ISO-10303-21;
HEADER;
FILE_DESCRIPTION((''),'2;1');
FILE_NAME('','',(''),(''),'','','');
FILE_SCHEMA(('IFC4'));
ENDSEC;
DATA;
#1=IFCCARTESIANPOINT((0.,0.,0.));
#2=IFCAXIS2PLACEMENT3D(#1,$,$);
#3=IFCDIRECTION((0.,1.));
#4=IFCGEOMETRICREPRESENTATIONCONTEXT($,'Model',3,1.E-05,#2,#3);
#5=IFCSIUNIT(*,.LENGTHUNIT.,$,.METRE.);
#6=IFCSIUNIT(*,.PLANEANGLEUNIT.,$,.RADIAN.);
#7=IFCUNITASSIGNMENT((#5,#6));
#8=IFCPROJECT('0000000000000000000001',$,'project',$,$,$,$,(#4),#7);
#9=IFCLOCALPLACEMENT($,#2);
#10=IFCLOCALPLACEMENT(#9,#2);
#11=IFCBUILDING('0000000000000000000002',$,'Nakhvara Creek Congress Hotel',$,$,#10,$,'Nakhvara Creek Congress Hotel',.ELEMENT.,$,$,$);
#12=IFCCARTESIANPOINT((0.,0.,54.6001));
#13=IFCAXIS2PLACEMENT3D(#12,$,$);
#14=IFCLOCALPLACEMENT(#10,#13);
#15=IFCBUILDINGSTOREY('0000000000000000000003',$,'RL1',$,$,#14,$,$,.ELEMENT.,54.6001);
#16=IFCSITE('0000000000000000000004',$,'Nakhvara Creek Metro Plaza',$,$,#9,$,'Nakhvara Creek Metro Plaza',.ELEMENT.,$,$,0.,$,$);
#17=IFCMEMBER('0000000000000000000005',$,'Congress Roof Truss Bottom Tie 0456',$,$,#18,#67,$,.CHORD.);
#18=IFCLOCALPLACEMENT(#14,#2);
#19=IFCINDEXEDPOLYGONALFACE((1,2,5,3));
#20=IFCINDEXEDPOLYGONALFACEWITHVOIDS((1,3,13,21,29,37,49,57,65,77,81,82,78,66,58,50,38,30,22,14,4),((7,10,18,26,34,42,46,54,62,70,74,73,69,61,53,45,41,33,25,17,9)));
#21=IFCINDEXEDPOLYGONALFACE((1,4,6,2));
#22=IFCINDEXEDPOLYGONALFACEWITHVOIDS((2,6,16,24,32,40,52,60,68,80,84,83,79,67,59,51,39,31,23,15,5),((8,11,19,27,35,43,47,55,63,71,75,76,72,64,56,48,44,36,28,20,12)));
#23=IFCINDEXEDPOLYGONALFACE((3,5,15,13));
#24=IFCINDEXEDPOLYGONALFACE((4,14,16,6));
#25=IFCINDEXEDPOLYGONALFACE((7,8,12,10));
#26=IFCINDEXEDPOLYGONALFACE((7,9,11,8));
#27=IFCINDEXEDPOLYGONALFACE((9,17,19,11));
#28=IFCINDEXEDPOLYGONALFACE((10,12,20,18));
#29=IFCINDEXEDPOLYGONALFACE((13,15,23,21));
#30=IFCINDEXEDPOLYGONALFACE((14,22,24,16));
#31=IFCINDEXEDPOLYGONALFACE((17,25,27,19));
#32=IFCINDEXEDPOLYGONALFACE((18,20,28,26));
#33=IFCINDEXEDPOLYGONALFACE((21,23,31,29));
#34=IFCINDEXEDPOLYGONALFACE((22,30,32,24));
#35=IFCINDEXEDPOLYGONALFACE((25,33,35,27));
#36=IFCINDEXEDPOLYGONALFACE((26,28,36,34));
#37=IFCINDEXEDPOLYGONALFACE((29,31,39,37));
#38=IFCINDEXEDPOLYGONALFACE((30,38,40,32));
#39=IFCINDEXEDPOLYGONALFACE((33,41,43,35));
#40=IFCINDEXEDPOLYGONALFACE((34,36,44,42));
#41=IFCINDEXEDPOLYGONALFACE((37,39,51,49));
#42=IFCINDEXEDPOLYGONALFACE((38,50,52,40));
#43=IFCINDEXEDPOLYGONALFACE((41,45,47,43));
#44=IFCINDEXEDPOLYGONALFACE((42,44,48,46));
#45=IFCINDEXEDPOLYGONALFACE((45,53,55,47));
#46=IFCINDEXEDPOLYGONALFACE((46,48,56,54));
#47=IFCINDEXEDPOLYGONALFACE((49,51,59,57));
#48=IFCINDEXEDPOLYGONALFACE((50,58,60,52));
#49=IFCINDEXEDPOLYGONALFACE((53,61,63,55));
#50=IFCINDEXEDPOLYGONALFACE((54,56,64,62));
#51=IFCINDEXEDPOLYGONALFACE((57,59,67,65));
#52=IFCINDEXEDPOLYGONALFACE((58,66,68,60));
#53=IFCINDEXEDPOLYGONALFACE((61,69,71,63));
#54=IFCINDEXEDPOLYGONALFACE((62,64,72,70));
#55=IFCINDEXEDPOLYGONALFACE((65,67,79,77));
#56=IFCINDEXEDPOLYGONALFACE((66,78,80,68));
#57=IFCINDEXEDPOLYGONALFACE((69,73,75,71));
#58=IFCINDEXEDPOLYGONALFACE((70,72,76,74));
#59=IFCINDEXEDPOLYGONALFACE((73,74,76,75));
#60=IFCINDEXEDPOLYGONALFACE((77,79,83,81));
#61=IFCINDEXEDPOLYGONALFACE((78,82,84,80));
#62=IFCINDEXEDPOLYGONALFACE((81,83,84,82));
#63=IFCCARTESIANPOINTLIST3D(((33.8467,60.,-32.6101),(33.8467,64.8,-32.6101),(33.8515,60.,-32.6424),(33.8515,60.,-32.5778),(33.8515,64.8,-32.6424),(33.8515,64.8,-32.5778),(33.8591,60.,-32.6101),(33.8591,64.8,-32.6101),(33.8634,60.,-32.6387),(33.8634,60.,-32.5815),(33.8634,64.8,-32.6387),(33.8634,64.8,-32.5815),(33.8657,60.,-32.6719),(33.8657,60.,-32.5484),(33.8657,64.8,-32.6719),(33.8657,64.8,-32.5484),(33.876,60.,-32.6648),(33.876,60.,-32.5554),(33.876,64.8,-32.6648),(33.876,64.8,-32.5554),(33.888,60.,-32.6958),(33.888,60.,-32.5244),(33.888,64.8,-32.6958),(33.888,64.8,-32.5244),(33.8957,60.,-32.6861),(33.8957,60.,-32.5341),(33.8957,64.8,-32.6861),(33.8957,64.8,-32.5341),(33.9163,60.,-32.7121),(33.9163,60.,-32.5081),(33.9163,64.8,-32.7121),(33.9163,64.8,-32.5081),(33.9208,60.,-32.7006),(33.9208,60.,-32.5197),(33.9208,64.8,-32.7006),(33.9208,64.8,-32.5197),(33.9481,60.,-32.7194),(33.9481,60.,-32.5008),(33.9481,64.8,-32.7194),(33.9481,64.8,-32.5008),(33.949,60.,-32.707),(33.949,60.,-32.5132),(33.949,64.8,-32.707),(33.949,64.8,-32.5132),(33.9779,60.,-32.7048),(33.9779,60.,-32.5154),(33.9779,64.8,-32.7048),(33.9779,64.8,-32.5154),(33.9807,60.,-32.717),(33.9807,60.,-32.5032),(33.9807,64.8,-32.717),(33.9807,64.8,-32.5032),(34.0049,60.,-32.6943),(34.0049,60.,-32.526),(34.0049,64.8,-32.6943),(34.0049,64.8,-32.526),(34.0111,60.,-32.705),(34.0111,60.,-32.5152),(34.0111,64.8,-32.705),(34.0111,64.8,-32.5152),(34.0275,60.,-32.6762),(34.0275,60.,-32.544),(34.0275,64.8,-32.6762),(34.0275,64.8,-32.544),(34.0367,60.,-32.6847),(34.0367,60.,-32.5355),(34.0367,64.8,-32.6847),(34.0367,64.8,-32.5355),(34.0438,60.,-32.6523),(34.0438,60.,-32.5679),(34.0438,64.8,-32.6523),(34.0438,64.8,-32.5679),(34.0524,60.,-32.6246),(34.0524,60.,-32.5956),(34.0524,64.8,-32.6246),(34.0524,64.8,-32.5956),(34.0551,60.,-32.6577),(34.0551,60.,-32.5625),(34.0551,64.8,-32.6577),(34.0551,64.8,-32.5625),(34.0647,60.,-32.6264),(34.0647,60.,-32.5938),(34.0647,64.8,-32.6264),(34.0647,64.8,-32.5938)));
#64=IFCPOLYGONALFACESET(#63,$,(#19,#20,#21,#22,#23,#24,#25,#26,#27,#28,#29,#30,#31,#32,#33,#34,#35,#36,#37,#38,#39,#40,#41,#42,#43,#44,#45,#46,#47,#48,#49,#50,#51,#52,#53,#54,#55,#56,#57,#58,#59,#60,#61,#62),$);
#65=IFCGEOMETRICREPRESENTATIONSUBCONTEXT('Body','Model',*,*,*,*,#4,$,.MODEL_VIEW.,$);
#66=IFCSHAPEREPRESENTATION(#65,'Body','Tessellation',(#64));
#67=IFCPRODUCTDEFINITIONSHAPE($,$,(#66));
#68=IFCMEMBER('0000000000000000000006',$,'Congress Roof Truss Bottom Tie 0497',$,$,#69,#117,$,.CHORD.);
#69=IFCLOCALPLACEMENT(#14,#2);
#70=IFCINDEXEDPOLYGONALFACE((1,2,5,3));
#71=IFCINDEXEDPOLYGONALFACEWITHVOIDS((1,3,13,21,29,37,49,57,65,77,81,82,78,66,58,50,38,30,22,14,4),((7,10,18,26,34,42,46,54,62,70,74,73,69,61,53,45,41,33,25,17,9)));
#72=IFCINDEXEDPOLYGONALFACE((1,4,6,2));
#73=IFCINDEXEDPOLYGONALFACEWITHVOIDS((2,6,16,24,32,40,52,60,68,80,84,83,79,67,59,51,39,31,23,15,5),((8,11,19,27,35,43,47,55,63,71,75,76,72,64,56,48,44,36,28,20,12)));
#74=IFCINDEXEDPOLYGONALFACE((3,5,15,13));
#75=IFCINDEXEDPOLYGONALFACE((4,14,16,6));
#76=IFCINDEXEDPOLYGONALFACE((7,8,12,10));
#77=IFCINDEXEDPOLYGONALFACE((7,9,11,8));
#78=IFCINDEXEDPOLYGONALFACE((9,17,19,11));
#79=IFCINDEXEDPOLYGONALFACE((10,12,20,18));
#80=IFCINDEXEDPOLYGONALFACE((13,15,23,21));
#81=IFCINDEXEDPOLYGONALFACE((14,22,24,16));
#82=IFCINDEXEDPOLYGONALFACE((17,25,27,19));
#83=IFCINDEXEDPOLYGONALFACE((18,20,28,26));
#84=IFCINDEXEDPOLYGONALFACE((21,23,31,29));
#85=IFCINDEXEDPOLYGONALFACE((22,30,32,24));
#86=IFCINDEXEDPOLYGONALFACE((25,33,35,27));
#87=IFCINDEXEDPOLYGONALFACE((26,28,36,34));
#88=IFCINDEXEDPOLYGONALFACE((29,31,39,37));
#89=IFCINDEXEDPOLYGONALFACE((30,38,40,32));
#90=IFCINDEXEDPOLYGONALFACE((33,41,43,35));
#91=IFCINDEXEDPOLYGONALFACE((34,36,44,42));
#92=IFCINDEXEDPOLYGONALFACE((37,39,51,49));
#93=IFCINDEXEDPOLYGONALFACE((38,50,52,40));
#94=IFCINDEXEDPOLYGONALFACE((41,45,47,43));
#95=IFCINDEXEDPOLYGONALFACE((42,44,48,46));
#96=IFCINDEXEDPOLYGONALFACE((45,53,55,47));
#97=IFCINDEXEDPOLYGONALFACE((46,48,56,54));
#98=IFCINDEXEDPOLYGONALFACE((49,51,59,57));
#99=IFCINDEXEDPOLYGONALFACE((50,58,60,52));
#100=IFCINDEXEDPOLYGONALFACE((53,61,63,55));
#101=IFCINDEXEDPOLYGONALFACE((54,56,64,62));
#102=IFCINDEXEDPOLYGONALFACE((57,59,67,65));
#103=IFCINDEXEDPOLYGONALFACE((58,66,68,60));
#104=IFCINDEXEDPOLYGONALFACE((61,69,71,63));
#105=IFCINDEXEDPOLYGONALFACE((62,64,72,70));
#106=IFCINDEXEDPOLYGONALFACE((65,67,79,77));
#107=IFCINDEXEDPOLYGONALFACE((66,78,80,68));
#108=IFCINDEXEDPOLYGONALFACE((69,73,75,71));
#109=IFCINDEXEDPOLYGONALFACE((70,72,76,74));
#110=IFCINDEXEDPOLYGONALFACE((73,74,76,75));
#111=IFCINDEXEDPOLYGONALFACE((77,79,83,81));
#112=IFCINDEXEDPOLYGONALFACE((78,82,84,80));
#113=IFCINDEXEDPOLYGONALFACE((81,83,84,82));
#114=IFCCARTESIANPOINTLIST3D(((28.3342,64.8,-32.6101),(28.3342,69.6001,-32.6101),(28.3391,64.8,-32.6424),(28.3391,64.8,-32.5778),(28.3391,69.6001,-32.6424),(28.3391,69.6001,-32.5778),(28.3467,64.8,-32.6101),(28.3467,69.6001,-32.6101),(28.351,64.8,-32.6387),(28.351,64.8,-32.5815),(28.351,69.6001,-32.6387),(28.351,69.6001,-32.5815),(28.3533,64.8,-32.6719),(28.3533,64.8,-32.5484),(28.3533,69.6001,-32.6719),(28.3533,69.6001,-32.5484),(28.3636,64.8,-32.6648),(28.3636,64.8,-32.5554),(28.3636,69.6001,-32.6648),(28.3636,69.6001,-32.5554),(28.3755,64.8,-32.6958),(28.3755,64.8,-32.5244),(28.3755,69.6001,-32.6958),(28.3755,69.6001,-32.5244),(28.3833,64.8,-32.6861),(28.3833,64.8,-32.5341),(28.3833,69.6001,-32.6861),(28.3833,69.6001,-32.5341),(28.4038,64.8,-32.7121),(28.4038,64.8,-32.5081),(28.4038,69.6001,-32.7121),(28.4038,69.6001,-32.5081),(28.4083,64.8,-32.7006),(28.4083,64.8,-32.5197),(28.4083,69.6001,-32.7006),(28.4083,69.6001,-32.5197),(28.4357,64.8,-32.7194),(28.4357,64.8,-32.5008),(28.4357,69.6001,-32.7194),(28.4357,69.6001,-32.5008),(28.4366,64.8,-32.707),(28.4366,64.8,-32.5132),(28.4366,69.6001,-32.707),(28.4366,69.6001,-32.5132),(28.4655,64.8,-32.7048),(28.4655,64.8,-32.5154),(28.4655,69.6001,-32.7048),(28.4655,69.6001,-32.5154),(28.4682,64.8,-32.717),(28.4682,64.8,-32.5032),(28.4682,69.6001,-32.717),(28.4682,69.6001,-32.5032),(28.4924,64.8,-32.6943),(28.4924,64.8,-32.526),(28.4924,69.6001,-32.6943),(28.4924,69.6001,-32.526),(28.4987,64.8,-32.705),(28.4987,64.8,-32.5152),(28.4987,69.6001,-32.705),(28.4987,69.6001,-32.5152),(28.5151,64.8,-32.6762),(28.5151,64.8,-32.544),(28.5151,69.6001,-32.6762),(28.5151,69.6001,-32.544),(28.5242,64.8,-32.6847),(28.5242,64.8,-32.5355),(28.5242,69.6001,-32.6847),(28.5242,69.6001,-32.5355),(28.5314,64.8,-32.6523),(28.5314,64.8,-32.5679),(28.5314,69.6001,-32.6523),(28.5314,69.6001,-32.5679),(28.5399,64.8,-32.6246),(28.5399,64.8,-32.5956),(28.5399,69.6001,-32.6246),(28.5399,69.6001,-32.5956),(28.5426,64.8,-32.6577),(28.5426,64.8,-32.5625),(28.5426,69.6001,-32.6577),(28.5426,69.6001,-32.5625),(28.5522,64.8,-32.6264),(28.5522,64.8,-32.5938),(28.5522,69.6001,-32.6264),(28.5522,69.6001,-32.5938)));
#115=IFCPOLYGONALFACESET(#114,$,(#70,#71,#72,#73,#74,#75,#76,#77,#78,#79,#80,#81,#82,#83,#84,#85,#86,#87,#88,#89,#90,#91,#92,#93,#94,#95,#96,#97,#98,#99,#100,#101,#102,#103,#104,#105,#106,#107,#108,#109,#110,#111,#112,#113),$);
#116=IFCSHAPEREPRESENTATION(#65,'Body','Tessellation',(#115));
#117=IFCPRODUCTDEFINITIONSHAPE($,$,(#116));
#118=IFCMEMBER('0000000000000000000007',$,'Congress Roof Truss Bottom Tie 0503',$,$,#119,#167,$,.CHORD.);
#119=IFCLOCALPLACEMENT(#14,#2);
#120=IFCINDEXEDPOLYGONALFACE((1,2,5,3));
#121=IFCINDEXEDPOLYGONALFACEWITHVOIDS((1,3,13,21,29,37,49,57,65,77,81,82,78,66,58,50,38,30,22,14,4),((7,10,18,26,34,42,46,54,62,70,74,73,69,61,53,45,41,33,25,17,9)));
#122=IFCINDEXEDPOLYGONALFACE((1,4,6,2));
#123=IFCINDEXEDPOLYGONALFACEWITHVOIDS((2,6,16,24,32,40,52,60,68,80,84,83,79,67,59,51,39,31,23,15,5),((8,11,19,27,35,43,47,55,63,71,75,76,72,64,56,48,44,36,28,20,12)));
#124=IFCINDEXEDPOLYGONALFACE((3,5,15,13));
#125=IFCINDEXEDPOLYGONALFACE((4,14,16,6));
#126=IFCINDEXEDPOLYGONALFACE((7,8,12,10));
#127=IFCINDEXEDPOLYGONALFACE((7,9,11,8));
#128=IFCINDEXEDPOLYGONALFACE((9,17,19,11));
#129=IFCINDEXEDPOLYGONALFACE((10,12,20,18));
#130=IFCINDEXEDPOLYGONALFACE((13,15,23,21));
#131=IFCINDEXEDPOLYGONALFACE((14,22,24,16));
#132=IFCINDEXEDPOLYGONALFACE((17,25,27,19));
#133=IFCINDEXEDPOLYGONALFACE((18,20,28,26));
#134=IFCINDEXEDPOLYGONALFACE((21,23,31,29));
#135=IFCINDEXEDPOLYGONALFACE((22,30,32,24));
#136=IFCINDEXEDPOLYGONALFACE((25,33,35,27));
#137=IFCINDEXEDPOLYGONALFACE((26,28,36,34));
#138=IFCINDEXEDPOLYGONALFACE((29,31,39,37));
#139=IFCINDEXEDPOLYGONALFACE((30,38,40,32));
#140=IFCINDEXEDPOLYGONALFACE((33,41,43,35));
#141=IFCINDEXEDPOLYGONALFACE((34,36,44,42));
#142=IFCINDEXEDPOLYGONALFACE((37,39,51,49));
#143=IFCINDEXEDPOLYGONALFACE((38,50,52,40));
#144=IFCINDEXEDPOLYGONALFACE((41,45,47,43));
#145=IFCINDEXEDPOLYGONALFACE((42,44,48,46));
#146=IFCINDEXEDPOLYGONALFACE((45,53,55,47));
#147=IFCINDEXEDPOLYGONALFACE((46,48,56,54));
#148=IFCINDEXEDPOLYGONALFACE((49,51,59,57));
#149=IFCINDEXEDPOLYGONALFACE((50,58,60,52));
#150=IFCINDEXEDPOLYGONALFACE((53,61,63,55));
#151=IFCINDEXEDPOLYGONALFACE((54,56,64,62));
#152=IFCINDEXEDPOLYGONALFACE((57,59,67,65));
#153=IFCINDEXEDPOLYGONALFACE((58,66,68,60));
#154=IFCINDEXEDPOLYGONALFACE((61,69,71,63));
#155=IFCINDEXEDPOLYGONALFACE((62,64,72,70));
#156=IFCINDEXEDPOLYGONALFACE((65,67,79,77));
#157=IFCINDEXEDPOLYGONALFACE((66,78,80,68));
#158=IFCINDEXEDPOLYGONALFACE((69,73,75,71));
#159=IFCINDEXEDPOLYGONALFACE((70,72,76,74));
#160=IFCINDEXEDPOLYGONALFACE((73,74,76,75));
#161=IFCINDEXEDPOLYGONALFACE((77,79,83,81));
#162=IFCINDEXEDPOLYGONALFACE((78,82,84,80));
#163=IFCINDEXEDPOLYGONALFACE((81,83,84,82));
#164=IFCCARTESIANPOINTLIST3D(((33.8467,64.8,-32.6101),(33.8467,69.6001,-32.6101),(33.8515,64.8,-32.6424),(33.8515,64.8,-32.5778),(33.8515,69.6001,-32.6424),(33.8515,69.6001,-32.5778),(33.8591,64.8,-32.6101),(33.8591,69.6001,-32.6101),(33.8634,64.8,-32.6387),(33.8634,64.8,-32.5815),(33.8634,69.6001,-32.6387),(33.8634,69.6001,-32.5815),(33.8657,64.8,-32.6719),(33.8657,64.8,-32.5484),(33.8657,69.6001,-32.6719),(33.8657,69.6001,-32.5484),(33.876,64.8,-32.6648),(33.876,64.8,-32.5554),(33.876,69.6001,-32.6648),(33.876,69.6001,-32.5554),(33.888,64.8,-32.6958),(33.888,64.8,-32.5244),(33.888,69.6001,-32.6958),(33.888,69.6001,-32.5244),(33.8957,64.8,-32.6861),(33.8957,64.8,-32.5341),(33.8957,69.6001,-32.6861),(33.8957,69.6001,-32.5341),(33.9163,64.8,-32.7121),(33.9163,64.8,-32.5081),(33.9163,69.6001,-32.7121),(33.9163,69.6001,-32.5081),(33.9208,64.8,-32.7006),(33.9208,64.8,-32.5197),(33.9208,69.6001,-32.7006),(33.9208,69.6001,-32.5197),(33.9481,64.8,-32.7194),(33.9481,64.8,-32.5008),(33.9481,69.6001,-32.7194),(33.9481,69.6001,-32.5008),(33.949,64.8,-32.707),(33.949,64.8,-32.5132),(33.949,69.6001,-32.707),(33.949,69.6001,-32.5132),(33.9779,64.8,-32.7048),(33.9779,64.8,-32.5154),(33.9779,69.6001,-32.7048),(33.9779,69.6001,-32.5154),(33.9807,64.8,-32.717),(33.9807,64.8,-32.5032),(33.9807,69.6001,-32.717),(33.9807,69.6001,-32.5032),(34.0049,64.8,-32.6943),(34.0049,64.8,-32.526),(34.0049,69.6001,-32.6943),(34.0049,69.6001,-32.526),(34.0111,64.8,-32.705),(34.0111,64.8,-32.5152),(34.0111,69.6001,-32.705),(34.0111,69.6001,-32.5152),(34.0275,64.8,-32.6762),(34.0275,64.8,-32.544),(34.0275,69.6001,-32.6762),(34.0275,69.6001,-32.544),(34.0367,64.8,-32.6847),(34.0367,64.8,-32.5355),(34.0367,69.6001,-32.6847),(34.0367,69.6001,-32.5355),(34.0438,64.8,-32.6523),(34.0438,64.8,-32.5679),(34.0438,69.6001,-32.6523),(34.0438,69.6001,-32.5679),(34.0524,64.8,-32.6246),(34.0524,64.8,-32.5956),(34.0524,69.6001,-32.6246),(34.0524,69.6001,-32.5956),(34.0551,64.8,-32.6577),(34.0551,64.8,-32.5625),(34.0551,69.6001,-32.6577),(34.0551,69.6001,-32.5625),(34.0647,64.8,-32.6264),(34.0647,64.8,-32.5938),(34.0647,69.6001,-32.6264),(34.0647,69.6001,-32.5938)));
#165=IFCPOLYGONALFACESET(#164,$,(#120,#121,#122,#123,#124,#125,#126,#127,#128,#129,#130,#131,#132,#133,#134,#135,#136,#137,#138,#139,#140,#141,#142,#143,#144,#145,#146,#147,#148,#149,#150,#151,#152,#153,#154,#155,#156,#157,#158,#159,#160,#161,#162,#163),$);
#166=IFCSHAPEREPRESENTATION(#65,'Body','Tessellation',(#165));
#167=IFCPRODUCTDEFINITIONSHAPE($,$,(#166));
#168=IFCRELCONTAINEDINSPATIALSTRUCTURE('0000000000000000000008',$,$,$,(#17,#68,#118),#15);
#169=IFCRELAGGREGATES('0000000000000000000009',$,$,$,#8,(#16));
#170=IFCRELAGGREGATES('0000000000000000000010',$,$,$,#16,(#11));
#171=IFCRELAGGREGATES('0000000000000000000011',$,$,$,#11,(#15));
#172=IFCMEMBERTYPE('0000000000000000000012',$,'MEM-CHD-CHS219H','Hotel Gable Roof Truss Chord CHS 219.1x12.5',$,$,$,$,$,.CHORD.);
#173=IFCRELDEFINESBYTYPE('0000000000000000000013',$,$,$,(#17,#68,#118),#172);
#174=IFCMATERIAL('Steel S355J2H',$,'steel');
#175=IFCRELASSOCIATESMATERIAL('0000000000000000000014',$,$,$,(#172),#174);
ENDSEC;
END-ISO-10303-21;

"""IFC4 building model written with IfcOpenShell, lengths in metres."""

from ifc_helpers import new_model, si_unit, direction, frame, origin, origin_2d, place, context, subcontext, project, spatial, hollow_circle, extrude, material, material_profile, profile_set, type_object, element, save


model = new_model("IFC4")

# Units and contexts
model_context = context("Model", 3, precision=1e-05, world=origin(), true_north=direction((0.0, 1.0)))
body_context = subcontext(model_context, "Body", "Model", "MODEL_VIEW")
ifc_project = project(units=[si_unit("LENGTHUNIT", "METRE"), si_unit("PLANEANGLEUNIT", "RADIAN")], contexts=[model_context])

# Site, building, storey
site_placement = place(None, origin())
site = spatial("IfcSite", under=ifc_project, at=site_placement, Name="Nakhvara Creek Metro Plaza", LongName="Nakhvara Creek Metro Plaza", CompositionType="ELEMENT", RefElevation=0.0)
building_placement = place(site_placement, origin())
building = spatial("IfcBuilding", under=site, at=building_placement, Name="Nakhvara Creek Congress Hotel", LongName="Nakhvara Creek Congress Hotel", CompositionType="ELEMENT")
storey_placement = place(building_placement, frame((0.0, 0.0, 54.6001)))
storey = spatial("IfcBuildingStorey", under=building, at=storey_placement, Name="RL1", CompositionType="ELEMENT", Elevation=54.6001)

# Members
ifc_material_1 = material(Name="Steel S355J2H", Category="steel")
ifc_material_profile_1 = material_profile(ifc_material_1, hollow_circle(Radius=0.1096, WallThickness=0.0125, at=origin_2d()), Name="CHS 219.1x12.5", Category="LoadBearing")
ifc_profile_set_1 = profile_set([ifc_material_profile_1], Name="Steel S355J2H")
member_type_1 = type_object("IfcMemberType", Name="MEM-CHD-CHS219H", Description="Hotel Gable Roof Truss Chord CHS 219.1x12.5", PredefinedType="CHORD", material=ifc_profile_set_1)
for number, where, z_axis, x_axis, name in (
    (1, (33.9563, 60.0, -32.6101), (0.0, 1.0, 0.0), (-1.0, 0.0, 0.0), "Congress Roof Truss Bottom Tie 0456"),
    (2, (28.4438, 64.8, -32.6101), (0.0, 1.0, 0.0), (-1.0, 0.0, 0.0), "Congress Roof Truss Bottom Tie 0497"),
    (3, (33.9563, 64.8, -32.6101), (0.0, 1.0, 0.0), (-1.0, 0.0, 0.0), "Congress Roof Truss Bottom Tie 0503"),
):
    element("IfcMember", number, at=place(storey_placement, frame(where, z_axis=z_axis, x_axis=x_axis)), inside=storey, type_object=member_type_1, Name=name, PredefinedType="CHORD", context=body_context, shape_type="SweptSolid", body=[
        extrude(hollow_circle(Radius=0.1096, WallThickness=0.0125, at=origin_2d()), origin(), (0.0, 0.0, 1.0), 4.8),
    ])

save(model, "model.ifc")
